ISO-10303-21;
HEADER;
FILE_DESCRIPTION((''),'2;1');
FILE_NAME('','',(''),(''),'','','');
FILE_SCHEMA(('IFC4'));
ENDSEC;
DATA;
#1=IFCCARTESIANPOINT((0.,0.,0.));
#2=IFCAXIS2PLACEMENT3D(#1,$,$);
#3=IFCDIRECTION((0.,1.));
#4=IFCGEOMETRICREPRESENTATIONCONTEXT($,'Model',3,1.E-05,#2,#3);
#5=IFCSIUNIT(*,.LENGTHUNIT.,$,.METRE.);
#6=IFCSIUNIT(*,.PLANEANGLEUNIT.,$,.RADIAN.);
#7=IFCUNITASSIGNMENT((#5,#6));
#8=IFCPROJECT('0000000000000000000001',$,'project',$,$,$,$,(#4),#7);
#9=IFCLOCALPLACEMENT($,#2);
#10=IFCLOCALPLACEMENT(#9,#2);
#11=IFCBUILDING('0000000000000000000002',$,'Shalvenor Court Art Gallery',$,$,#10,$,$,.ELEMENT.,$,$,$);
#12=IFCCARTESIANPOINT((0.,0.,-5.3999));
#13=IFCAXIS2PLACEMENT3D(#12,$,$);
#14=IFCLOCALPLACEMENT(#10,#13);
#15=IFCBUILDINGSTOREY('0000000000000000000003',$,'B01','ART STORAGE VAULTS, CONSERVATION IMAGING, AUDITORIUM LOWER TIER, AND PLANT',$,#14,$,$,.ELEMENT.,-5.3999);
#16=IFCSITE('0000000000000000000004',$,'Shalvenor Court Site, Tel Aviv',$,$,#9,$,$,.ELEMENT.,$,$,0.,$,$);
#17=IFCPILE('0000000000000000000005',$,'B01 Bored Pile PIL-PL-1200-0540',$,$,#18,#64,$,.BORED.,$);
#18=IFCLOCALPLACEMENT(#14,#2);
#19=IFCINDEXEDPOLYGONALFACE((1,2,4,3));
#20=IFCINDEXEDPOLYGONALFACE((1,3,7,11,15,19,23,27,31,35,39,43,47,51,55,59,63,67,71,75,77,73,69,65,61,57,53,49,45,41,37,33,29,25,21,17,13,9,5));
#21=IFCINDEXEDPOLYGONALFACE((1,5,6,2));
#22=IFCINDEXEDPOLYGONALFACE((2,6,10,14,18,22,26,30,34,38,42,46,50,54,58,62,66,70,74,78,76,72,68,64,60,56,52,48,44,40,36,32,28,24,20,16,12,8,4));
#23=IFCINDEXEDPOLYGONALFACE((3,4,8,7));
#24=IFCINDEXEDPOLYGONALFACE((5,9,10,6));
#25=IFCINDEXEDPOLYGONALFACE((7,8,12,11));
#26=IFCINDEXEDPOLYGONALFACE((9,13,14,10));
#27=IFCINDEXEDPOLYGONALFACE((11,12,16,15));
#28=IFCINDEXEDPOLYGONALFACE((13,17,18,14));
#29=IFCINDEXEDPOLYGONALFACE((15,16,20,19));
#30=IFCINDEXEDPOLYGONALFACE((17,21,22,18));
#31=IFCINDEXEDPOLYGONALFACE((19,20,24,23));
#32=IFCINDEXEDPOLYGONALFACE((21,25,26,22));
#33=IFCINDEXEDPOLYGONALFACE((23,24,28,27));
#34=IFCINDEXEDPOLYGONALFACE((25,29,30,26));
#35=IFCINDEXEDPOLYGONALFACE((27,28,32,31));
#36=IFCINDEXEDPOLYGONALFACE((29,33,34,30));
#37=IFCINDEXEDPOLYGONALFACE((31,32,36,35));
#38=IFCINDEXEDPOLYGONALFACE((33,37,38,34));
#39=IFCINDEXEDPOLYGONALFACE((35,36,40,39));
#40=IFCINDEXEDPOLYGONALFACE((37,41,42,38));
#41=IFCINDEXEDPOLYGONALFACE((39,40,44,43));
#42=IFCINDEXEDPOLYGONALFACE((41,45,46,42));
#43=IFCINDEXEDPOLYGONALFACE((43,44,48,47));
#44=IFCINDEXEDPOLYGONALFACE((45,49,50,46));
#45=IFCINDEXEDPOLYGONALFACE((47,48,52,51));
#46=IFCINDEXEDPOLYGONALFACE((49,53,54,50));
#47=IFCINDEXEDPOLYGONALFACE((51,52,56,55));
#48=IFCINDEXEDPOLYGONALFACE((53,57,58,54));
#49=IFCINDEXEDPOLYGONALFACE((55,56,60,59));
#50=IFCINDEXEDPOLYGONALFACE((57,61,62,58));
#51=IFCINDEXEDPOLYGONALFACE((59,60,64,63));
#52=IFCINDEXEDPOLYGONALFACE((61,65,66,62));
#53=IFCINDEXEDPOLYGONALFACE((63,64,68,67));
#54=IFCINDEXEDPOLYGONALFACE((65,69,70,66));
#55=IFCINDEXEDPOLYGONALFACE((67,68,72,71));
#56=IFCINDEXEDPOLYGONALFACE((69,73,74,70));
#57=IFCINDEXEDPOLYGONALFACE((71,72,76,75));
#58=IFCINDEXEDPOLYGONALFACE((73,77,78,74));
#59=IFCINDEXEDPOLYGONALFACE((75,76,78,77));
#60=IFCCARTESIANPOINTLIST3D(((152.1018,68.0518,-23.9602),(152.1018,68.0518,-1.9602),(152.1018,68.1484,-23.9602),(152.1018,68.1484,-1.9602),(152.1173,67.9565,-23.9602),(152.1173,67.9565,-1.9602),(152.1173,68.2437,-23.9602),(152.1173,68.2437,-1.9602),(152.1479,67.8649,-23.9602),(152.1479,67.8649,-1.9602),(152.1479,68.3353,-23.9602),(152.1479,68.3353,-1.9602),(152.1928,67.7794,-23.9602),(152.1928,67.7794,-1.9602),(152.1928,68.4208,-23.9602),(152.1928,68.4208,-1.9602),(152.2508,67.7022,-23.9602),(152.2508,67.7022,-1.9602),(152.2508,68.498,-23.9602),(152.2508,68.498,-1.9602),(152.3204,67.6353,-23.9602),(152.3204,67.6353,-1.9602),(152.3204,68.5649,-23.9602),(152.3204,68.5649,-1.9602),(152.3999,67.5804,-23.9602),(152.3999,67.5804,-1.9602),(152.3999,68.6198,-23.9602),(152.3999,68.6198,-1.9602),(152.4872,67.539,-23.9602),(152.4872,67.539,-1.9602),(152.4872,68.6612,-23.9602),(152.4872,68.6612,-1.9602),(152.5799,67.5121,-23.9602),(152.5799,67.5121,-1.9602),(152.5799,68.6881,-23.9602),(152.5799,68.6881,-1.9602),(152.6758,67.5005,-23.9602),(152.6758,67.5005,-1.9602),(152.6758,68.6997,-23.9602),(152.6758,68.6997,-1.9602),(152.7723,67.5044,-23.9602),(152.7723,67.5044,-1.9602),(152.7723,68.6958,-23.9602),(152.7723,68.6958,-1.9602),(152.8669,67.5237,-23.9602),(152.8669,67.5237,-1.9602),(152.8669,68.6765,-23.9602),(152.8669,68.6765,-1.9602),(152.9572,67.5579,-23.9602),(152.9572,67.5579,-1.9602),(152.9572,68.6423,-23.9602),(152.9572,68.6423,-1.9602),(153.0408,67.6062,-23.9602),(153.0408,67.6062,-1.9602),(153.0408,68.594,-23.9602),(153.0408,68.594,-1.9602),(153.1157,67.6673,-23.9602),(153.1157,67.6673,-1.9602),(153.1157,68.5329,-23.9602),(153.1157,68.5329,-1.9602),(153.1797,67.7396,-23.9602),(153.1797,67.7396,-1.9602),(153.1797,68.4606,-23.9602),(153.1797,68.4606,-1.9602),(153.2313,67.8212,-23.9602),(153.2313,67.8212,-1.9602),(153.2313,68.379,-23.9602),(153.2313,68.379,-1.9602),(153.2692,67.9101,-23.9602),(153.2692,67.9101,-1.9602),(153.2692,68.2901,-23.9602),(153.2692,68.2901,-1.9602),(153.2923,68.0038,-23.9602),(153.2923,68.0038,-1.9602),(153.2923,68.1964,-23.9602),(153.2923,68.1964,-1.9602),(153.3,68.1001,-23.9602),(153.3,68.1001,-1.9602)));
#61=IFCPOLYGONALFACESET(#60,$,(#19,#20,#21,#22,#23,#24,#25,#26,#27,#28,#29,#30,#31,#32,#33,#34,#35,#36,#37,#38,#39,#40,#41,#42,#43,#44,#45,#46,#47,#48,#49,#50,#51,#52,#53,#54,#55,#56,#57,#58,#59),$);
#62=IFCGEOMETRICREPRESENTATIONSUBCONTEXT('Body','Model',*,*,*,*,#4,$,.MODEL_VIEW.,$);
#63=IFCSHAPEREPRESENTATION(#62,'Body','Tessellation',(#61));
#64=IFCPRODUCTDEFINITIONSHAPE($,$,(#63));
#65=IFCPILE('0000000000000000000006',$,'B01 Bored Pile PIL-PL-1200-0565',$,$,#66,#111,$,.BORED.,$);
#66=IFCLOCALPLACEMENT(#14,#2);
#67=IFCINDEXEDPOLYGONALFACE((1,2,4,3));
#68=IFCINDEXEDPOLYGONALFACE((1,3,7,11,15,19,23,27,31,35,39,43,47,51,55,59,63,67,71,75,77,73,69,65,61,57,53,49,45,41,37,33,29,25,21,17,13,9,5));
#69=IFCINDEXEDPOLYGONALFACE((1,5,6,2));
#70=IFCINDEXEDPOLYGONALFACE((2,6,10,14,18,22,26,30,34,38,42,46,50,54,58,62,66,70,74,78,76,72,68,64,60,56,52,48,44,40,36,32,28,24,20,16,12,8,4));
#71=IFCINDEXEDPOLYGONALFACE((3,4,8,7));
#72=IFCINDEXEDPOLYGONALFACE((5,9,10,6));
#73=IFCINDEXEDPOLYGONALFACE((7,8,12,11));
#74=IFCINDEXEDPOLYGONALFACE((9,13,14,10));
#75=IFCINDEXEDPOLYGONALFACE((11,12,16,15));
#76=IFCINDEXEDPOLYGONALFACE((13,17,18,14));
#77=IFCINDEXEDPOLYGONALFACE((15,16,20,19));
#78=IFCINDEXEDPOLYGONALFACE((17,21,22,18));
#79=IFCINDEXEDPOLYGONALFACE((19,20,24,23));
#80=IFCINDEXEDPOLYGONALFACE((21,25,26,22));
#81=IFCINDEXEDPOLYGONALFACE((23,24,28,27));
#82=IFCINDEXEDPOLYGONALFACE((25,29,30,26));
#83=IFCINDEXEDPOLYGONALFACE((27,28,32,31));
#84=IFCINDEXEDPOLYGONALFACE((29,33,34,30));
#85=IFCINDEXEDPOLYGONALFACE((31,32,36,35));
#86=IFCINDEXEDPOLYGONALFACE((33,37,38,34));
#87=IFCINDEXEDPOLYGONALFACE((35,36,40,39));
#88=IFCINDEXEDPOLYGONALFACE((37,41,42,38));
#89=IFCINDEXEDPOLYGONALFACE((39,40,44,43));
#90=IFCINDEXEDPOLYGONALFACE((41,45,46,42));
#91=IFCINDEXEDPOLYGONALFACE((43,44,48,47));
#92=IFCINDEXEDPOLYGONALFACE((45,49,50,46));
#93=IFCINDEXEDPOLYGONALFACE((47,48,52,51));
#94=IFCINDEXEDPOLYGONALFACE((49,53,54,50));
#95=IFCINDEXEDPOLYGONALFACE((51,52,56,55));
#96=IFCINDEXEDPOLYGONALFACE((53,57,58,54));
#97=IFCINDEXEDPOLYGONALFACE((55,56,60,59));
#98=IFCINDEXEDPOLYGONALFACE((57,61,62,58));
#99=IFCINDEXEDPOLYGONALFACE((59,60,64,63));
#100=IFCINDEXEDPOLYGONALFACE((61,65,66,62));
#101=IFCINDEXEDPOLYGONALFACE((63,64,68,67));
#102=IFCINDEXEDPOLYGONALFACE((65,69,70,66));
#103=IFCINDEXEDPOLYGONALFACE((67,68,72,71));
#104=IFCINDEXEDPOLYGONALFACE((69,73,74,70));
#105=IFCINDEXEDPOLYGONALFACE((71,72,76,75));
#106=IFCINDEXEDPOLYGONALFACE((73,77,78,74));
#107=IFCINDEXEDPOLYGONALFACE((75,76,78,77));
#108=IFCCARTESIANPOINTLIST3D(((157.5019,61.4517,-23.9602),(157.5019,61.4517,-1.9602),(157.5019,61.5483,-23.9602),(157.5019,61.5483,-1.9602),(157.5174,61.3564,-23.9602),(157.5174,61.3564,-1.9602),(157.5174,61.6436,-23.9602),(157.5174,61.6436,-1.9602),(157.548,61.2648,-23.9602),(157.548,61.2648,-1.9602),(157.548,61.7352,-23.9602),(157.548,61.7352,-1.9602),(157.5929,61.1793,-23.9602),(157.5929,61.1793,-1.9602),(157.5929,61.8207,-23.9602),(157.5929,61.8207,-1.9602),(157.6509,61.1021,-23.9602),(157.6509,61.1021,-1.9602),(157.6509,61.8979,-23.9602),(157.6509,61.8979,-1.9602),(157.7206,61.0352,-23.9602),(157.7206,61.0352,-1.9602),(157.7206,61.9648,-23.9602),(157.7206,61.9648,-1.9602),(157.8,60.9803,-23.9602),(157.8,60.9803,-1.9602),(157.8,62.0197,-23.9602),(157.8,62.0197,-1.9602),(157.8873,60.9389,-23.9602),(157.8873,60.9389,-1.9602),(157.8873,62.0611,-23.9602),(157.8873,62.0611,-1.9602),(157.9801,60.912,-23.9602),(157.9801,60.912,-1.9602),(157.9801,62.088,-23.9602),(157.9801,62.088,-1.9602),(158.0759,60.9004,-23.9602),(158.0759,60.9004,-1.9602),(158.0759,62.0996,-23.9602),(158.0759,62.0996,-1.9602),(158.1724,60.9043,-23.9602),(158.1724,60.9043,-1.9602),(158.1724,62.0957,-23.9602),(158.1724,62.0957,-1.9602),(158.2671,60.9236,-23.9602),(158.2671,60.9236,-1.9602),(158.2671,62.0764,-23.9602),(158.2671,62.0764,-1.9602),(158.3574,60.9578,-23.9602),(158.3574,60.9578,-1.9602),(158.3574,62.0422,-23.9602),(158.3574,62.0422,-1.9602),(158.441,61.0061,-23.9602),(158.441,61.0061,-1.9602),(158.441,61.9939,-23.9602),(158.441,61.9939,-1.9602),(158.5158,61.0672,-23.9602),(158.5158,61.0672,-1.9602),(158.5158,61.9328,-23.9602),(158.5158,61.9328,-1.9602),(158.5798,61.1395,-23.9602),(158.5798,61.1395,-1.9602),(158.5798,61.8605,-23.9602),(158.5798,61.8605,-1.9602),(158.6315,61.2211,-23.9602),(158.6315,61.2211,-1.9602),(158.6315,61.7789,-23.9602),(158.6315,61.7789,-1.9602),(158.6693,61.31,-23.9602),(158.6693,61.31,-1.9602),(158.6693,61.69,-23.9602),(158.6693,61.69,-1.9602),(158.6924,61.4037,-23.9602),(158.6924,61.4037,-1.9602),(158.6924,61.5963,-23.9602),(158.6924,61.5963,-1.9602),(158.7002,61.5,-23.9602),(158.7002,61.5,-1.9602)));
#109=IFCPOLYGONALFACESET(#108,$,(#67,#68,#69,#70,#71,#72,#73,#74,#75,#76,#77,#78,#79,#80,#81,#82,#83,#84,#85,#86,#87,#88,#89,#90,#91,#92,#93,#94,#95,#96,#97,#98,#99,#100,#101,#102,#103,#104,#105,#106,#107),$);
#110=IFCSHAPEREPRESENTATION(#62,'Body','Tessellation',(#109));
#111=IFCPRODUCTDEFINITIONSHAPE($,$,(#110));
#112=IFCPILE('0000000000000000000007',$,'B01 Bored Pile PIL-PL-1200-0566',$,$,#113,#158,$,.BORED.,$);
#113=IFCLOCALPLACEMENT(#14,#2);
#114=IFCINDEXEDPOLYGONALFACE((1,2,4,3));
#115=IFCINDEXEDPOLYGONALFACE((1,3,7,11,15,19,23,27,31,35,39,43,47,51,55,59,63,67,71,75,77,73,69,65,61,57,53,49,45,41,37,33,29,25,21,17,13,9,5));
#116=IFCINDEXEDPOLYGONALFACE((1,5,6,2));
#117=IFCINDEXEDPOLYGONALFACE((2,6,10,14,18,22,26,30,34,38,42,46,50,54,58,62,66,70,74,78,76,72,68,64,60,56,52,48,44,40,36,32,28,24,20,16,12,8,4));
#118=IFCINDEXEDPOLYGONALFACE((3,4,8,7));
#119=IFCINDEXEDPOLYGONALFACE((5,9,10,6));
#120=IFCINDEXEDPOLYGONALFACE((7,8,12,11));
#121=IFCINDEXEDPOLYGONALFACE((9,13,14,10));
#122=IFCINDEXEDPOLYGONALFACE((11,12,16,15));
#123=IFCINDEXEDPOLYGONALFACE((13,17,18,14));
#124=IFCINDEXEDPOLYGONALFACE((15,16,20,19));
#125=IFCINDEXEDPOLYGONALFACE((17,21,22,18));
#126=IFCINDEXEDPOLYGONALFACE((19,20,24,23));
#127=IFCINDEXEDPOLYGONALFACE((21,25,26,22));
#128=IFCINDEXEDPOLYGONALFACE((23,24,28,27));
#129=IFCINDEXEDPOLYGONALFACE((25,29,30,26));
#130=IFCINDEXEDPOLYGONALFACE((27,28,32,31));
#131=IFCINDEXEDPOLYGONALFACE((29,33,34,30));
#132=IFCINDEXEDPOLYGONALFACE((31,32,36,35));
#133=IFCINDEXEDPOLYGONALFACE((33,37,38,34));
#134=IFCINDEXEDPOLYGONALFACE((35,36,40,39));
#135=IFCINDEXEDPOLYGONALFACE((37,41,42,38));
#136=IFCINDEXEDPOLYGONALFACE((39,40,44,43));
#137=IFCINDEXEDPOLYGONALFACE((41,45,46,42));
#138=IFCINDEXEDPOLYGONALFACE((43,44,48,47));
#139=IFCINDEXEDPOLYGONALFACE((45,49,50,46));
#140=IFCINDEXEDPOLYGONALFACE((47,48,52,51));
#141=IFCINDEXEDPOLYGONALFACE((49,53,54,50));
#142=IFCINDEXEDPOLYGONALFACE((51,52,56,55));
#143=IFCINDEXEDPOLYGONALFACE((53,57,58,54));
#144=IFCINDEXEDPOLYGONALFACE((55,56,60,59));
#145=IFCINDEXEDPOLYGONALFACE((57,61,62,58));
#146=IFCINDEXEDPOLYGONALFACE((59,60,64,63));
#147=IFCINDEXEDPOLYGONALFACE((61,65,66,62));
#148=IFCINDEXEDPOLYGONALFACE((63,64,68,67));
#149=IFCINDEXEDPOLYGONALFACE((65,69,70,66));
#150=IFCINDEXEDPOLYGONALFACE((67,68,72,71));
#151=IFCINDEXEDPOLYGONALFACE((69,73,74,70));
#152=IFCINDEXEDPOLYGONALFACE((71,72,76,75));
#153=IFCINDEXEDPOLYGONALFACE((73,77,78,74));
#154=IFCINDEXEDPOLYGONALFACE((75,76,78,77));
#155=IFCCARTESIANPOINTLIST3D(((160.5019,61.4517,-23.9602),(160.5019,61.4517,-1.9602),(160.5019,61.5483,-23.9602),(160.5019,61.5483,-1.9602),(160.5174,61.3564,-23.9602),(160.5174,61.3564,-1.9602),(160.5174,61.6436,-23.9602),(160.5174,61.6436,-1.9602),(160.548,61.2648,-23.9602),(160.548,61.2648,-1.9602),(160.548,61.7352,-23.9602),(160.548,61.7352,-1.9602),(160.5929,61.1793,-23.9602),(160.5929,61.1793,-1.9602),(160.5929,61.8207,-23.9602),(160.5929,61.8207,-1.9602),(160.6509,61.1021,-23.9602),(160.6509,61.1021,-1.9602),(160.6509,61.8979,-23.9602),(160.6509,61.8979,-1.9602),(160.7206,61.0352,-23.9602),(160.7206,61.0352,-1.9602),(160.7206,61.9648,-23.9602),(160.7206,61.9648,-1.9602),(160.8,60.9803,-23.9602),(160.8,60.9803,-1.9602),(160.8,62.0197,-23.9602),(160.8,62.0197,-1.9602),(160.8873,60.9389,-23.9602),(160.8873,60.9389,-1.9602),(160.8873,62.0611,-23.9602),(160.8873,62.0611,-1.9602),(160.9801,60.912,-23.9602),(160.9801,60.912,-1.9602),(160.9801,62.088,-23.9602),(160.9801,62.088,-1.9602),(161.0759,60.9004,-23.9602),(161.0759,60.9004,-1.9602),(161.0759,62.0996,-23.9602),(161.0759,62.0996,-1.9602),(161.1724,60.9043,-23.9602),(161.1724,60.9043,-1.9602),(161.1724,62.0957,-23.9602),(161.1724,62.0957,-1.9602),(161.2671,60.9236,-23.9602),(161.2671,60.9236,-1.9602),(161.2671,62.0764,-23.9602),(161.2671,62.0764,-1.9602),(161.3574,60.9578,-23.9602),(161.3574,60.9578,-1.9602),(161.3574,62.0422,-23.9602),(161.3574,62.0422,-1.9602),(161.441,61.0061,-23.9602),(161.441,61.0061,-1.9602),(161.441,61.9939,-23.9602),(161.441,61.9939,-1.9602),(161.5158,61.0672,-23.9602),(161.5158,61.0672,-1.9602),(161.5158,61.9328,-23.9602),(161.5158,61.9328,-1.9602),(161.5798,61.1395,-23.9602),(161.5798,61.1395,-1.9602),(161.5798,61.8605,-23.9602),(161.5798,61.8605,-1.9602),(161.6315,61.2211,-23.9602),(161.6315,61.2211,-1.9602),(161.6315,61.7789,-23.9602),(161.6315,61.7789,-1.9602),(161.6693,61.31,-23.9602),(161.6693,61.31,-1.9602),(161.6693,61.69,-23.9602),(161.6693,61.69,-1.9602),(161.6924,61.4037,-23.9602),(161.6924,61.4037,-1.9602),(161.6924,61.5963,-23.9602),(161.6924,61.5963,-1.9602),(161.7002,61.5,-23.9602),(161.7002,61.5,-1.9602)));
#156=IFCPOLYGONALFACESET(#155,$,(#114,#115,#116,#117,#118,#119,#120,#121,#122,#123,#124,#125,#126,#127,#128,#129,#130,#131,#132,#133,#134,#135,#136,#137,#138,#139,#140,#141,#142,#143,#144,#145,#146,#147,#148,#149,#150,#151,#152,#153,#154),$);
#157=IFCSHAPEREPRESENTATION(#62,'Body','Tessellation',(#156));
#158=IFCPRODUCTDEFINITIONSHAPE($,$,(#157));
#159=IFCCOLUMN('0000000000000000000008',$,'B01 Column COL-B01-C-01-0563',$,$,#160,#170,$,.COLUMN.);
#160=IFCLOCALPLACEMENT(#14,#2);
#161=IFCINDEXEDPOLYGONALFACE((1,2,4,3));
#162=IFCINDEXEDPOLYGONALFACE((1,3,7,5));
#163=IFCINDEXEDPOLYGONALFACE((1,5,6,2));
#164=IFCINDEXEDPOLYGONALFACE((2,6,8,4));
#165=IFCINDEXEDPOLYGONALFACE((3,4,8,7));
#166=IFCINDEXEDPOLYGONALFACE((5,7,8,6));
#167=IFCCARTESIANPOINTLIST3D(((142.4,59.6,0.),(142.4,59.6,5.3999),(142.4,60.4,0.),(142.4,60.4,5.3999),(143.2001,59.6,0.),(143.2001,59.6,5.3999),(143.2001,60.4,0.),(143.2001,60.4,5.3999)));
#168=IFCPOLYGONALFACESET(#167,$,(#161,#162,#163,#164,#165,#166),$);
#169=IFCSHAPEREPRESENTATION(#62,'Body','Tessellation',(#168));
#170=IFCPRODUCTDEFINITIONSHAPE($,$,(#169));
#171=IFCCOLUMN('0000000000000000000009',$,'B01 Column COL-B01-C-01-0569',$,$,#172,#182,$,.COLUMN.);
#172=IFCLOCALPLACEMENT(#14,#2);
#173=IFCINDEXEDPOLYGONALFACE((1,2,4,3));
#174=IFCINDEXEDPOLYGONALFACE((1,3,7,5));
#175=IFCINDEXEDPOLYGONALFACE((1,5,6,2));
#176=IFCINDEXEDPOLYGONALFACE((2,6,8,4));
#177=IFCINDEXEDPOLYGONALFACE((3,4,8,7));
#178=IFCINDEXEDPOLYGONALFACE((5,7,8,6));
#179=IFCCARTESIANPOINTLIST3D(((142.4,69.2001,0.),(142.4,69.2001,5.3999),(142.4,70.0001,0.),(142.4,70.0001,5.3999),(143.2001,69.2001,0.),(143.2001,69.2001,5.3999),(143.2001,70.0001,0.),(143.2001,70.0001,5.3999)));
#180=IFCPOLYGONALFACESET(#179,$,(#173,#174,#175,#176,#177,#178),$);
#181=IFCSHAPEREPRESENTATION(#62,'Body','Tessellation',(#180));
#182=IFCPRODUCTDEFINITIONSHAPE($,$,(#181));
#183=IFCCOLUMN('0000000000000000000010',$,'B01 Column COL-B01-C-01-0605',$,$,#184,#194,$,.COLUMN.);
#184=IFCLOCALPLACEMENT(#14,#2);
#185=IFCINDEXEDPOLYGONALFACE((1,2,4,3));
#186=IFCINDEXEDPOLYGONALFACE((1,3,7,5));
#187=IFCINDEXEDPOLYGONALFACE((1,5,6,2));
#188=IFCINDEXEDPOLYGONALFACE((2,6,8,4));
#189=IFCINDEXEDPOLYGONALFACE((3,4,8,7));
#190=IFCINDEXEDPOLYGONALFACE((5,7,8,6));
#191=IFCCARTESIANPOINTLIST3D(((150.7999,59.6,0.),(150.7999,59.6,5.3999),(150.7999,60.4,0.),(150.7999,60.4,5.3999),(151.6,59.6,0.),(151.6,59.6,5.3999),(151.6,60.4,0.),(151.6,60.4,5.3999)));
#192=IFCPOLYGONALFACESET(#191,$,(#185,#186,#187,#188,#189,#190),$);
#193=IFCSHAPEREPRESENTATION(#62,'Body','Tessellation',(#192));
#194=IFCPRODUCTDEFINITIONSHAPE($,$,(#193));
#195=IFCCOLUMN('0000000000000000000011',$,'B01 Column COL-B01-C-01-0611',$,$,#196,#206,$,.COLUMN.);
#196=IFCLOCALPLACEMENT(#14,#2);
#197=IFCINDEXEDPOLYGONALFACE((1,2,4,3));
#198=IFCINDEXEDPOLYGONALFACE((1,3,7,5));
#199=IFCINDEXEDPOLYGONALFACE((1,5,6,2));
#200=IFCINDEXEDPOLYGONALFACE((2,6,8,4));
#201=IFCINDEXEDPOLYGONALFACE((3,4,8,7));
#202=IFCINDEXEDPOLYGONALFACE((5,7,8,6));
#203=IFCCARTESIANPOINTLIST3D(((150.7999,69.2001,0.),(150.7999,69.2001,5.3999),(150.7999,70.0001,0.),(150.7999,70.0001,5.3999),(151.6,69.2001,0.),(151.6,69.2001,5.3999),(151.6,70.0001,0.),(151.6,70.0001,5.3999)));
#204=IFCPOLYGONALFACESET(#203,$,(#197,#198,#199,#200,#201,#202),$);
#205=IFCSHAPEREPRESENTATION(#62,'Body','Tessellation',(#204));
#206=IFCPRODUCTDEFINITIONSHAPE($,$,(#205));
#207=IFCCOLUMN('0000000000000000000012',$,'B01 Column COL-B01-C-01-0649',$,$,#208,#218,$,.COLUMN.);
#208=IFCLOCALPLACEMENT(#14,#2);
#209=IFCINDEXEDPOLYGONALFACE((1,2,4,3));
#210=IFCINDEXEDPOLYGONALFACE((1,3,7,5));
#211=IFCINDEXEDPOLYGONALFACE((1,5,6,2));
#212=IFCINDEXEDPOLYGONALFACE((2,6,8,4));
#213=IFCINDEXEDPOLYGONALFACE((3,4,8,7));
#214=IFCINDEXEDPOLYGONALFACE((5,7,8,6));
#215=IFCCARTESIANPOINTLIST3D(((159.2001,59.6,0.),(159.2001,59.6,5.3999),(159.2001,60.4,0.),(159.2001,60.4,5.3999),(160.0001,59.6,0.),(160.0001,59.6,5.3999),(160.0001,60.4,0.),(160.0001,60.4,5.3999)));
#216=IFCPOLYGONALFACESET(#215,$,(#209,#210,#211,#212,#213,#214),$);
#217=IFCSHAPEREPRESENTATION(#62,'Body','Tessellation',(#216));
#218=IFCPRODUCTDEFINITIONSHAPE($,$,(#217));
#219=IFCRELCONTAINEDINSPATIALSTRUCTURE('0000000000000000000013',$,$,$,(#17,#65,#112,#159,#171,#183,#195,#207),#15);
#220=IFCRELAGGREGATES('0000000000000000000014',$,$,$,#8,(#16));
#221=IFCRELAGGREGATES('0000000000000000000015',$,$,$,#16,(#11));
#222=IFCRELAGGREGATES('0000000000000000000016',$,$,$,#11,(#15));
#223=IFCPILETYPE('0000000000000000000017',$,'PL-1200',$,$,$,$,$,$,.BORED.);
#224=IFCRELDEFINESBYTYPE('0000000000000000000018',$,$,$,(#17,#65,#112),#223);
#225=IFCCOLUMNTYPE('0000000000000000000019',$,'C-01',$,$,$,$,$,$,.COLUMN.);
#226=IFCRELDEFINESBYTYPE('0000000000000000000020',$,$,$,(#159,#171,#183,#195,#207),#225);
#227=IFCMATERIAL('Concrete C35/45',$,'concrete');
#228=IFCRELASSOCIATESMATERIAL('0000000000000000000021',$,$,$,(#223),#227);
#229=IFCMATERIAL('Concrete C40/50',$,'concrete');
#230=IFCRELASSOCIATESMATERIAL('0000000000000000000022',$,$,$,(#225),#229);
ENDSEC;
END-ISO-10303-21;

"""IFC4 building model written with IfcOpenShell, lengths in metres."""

from ifc_helpers import new_model, si_unit, direction, frame, origin, origin_2d, place, context, subcontext, project, spatial, rectangle, circle, extrude, material, material_profile, profile_set, type_object, element, save


model = new_model("IFC4")

# Units and contexts
model_context = context("Model", 3, precision=1e-05, world=origin(), true_north=direction((0.0, 1.0)))
body_context = subcontext(model_context, "Body", "Model", "MODEL_VIEW")
ifc_project = project(units=[si_unit("LENGTHUNIT", "METRE"), si_unit("PLANEANGLEUNIT", "RADIAN")], contexts=[model_context])

# Site, building, storey
site_placement = place(None, origin())
site = spatial("IfcSite", under=ifc_project, at=site_placement, Name="Shalvenor Court Site, Tel Aviv", CompositionType="ELEMENT", RefElevation=0.0)
building_placement = place(site_placement, origin())
building = spatial("IfcBuilding", under=site, at=building_placement, Name="Shalvenor Court Art Gallery", CompositionType="ELEMENT")
storey_placement = place(building_placement, frame((0.0, 0.0, -5.3999)))
storey = spatial("IfcBuildingStorey", under=building, at=storey_placement, Name="B01", Description="ART STORAGE VAULTS, CONSERVATION IMAGING, AUDITORIUM LOWER TIER, AND PLANT", CompositionType="ELEMENT", Elevation=-5.3999)

# Piles
ifc_material_1 = material(Name="Concrete C35/45", Category="concrete")
ifc_material_profile_1 = material_profile(ifc_material_1, circle(Radius=0.6001, at=origin_2d()), Name="PILE 1200")
ifc_profile_set_1 = profile_set([ifc_material_profile_1], Name="Concrete C35/45")
pile_type = type_object("IfcPileType", Name="PL-1200", PredefinedType="BORED", material=ifc_profile_set_1)
for number, where, z_axis, x_axis, name in (
    (1, (152.7, 68.1001, -1.9602), (0.0, 0.0, -1.0), (1.0, 0.0, 0.0), "B01 Bored Pile PIL-PL-1200-0540"),
    (2, (158.1001, 61.5, -1.9602), (0.0, 0.0, -1.0), (1.0, 0.0, 0.0), "B01 Bored Pile PIL-PL-1200-0565"),
    (3, (161.1001, 61.5, -1.9602), (0.0, 0.0, -1.0), (1.0, 0.0, 0.0), "B01 Bored Pile PIL-PL-1200-0566"),
):
    element("IfcPile", number, at=place(storey_placement, frame(where, z_axis=z_axis, x_axis=x_axis)), inside=storey, type_object=pile_type, Name=name, PredefinedType="BORED", context=body_context, shape_type="SweptSolid", body=[
        extrude(circle(Radius=0.6001, at=origin_2d()), origin(), (0.0, 0.0, 1.0), 22.0),
    ])

# Columns
ifc_material_2 = material(Name="Concrete C40/50", Category="concrete")
ifc_material_profile_2 = material_profile(ifc_material_2, rectangle(XDim=0.8, YDim=0.8, at=origin_2d()), Name="RC 800x800")
ifc_profile_set_2 = profile_set([ifc_material_profile_2], Name="Concrete C40/50")
column_type = type_object("IfcColumnType", Name="C-01", PredefinedType="COLUMN", material=ifc_profile_set_2)
for number, where, z_axis, x_axis, name in (
    (4, (142.8, 60.0, 0.0), (0.0, 0.0, 1.0), (1.0, 0.0, 0.0), "B01 Column COL-B01-C-01-0563"),
    (5, (142.8, 69.6001, 0.0), (0.0, 0.0, 1.0), (1.0, 0.0, 0.0), "B01 Column COL-B01-C-01-0569"),
    (6, (151.2, 60.0, 0.0), (0.0, 0.0, 1.0), (1.0, 0.0, 0.0), "B01 Column COL-B01-C-01-0605"),
    (7, (151.2, 69.6001, 0.0), (0.0, 0.0, 1.0), (1.0, 0.0, 0.0), "B01 Column COL-B01-C-01-0611"),
    (8, (159.6001, 60.0, 0.0), (0.0, 0.0, 1.0), (1.0, 0.0, 0.0), "B01 Column COL-B01-C-01-0649"),
):
    element("IfcColumn", number, at=place(storey_placement, frame(where, z_axis=z_axis, x_axis=x_axis)), inside=storey, type_object=column_type, Name=name, PredefinedType="COLUMN", context=body_context, shape_type="SweptSolid", body=[
        extrude(rectangle(XDim=0.8, YDim=0.8, at=origin_2d()), origin(), (0.0, 0.0, 1.0), 5.3999),
    ])

save(model, "model.ifc")
